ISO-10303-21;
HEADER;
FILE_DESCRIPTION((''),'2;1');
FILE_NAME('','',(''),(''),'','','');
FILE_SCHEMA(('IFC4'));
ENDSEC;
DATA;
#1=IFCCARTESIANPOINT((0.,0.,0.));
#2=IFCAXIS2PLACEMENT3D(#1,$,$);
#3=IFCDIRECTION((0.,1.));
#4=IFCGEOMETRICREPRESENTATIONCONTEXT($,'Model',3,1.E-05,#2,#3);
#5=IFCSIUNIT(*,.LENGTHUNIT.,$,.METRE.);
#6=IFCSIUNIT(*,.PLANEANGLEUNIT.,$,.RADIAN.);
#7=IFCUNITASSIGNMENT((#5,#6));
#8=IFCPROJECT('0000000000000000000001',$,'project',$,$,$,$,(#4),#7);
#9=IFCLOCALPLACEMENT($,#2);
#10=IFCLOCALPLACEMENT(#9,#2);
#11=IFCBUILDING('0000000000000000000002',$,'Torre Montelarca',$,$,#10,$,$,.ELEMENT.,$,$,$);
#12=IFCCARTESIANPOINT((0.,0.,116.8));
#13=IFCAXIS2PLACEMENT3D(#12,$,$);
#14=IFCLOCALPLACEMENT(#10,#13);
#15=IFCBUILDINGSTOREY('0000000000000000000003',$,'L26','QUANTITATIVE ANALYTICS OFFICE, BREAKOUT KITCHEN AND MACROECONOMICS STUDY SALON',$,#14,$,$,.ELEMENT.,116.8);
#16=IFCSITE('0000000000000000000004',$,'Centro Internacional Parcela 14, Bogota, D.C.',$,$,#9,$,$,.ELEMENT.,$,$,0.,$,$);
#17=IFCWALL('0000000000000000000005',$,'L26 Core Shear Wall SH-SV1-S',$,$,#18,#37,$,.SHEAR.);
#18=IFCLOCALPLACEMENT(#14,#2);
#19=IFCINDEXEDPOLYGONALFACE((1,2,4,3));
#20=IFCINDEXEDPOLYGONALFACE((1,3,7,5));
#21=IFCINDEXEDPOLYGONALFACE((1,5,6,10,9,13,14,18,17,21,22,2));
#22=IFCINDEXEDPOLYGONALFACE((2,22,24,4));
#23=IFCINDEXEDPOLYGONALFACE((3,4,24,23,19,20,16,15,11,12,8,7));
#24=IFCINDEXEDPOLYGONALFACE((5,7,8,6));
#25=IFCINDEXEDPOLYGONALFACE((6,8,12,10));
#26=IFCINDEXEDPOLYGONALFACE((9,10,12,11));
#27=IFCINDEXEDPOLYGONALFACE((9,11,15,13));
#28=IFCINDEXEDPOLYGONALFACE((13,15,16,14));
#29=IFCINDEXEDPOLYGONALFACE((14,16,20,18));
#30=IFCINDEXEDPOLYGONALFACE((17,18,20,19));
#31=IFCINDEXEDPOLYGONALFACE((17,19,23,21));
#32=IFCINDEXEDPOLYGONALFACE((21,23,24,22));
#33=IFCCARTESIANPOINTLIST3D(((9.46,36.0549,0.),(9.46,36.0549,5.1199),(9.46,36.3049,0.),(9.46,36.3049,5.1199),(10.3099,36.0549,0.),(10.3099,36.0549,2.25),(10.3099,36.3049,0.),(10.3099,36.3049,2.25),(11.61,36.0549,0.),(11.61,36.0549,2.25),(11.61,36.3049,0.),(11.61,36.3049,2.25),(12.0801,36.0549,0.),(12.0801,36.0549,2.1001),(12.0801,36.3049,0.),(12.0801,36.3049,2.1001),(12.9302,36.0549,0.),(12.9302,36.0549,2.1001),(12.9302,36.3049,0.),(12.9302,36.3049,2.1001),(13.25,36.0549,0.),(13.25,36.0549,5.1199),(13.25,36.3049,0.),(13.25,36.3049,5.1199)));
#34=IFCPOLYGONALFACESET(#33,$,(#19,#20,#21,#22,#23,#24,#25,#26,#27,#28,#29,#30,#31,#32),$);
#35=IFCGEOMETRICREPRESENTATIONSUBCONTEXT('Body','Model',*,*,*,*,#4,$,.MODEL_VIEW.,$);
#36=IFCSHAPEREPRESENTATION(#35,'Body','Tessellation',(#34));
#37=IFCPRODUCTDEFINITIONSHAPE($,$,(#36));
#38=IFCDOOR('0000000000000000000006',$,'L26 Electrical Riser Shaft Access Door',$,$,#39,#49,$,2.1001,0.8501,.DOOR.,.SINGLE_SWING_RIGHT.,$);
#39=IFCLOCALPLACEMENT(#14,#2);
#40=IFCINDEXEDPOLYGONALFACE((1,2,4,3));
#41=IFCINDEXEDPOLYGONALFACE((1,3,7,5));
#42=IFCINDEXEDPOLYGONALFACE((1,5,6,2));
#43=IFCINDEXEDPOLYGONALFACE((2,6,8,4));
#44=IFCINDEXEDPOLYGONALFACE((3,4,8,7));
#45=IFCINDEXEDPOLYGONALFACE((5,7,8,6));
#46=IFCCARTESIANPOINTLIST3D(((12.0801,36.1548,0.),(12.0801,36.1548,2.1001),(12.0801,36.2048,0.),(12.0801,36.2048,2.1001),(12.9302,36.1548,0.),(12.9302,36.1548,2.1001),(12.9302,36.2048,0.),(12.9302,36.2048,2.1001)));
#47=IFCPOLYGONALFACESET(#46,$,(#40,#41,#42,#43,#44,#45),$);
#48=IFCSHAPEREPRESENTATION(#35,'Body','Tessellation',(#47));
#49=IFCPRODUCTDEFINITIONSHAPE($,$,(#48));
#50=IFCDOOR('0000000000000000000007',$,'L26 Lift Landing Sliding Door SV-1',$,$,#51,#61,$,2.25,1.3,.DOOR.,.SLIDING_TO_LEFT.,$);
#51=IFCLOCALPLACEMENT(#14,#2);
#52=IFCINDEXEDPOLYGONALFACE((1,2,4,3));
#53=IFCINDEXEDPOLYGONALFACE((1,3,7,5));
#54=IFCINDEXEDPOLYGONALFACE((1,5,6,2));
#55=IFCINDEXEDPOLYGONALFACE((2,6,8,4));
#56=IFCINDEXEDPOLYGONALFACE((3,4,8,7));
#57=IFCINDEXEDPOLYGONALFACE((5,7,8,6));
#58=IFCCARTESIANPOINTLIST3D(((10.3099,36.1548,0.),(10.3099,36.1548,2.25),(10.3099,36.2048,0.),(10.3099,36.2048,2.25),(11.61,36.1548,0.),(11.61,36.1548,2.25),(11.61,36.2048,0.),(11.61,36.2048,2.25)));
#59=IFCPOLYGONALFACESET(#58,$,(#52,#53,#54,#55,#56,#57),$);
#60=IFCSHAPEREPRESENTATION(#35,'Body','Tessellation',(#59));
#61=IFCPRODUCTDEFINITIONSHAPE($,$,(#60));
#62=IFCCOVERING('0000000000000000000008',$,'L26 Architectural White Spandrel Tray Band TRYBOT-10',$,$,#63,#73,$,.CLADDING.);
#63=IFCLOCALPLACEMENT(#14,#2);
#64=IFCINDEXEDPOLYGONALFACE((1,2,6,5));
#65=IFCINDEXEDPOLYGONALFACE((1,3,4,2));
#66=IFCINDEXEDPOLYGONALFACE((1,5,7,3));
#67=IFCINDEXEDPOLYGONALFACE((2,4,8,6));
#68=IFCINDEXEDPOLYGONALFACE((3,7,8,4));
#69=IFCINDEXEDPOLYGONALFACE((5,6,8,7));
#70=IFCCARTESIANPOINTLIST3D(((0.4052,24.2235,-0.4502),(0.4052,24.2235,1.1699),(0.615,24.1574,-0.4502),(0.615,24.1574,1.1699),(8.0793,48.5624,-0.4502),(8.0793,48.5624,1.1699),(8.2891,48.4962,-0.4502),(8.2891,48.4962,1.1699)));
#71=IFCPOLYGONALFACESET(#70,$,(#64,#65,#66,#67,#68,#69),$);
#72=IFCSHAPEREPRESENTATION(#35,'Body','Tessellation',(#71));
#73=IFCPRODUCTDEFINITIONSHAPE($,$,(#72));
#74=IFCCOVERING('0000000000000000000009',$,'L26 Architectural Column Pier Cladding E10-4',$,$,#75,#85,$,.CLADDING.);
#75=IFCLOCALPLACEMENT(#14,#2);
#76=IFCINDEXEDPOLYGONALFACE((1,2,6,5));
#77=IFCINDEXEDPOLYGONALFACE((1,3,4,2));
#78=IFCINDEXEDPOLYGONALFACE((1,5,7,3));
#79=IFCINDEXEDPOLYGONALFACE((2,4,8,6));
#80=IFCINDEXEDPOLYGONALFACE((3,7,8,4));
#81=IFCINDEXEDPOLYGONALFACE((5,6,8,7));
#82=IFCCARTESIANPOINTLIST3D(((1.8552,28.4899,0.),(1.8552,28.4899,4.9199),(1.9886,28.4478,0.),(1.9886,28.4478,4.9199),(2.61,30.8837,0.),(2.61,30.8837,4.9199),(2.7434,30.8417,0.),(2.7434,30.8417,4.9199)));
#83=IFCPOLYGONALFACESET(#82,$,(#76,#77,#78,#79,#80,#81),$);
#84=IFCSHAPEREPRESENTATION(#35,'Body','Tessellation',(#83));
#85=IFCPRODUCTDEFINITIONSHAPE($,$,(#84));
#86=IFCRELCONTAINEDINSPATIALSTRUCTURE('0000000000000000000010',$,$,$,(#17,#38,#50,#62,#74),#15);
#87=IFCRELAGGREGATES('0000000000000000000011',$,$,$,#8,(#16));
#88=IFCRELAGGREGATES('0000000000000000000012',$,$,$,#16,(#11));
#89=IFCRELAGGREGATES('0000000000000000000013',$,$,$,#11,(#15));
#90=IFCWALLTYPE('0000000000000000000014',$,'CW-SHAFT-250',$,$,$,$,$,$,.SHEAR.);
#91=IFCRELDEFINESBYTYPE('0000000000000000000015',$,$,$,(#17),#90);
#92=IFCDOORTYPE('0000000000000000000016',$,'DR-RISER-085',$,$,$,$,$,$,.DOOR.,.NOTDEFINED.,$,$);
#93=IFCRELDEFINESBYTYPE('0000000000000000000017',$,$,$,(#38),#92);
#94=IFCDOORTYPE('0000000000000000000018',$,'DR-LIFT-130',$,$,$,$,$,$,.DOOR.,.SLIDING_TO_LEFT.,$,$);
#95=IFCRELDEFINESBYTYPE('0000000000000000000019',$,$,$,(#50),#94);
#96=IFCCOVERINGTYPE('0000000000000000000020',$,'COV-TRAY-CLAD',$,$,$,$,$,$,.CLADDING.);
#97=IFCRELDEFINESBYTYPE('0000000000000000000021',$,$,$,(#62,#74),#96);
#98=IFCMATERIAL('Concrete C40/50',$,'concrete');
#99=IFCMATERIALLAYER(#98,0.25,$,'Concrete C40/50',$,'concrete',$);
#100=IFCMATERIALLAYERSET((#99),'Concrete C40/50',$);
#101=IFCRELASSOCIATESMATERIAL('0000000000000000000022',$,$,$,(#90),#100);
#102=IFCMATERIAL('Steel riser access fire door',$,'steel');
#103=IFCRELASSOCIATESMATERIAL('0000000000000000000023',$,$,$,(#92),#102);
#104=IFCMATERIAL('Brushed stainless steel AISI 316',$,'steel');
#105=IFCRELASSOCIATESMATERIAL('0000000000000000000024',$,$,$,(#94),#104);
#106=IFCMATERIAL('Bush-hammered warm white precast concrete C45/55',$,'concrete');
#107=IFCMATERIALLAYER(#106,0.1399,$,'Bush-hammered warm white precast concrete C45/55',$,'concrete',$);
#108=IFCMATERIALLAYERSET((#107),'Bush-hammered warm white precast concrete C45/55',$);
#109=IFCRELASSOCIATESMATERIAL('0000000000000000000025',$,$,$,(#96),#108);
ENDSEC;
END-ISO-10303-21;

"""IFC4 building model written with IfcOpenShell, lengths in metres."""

from ifc_helpers import new_model, si_unit, direction, frame, frame_2d, origin, origin_2d, place, context, subcontext, project, spatial, rectangle, extrude, source, transform, mapped, material, layer, layer_set, type_object, element, fill, save


model = new_model("IFC4")

# Units and contexts
model_context = context("Model", 3, precision=1e-05, world=origin(), true_north=direction((0.0, 1.0)))
body_context = subcontext(model_context, "Body", "Model", "MODEL_VIEW")
ifc_project = project(units=[si_unit("LENGTHUNIT", "METRE"), si_unit("PLANEANGLEUNIT", "RADIAN")], contexts=[model_context])

# Site, building, storey
site_placement = place(None, origin())
site = spatial("IfcSite", under=ifc_project, at=site_placement, Name="Centro Internacional Parcela 14, Bogota, D.C.", CompositionType="ELEMENT", RefElevation=0.0)
building_placement = place(site_placement, origin())
building = spatial("IfcBuilding", under=site, at=building_placement, Name="Torre Montelarca", CompositionType="ELEMENT")
storey_placement = place(building_placement, frame((0.0, 0.0, 116.8)))
storey = spatial("IfcBuildingStorey", under=building, at=storey_placement, Name="L26", Description="QUANTITATIVE ANALYTICS OFFICE, BREAKOUT KITCHEN AND MACROECONOMICS STUDY SALON", CompositionType="ELEMENT", Elevation=116.8)

# Shared definitions
ifc_material_1 = material(Name="Concrete C40/50", Category="concrete")
ifc_layer_1 = layer(ifc_material_1, 0.25, Name="Concrete C40/50", Category="concrete")
ifc_layer_set_1 = layer_set([ifc_layer_1], Name="Concrete C40/50")
wall_type = type_object("IfcWallType", Name="CW-SHAFT-250", PredefinedType="SHEAR", material=ifc_layer_set_1)

# Wall, openings, doors
wall_1_placement = place(storey_placement, frame((9.46, 36.1799, 0.0), z_axis=(0.0, 0.0, 1.0), x_axis=(1.0, 0.0, 0.0)))
wall_1 = element("IfcWall", 1, at=wall_1_placement, inside=storey, type_object=wall_type, Name="L26 Core Shear Wall SH-SV1-S", PredefinedType="SHEAR", context=body_context, shape_type="SweptSolid", body=[
    extrude(rectangle(XDim=3.79, YDim=0.25, at=frame_2d((1.895, 0.0))), origin(), (0.0, 0.0, 1.0), 5.1199),
])
opening_1_placement = place(wall_1_placement, frame((2.6201, 0.0, 0.0)))
opening_1 = element("IfcOpeningElement", 2, at=opening_1_placement, cuts=wall_1, PredefinedType="OPENING", context=body_context, shape_type="SweptSolid", body=[
    extrude(rectangle(XDim=0.8501, YDim=2.1001, at=frame_2d((0.425, 1.05))), frame((0.0, 0.135, 0.0), z_axis=(0.0, -1.0, 0.0), x_axis=(1.0, 0.0, 0.0)), (0.0, 0.0, 1.0), 0.27),
])
opening_2_placement = place(wall_1_placement, frame((0.8501, 0.0, 0.0)))
opening_2 = element("IfcOpeningElement", 3, at=opening_2_placement, cuts=wall_1, PredefinedType="OPENING", context=body_context, shape_type="SweptSolid", body=[
    extrude(rectangle(XDim=1.3, YDim=2.25, at=frame_2d((0.6499, 1.125))), frame((0.0, 0.135, 0.0), z_axis=(0.0, -1.0, 0.0), x_axis=(1.0, 0.0, 0.0)), (0.0, 0.0, 1.0), 0.27),
])
ifc_material_2 = material(Name="Steel riser access fire door", Category="steel")
door_type_1 = type_object("IfcDoorType", Name="DR-RISER-085", OperationType="NOTDEFINED", PredefinedType="DOOR", material=ifc_material_2)
shared_shape_1 = source(origin(), body_context, "Body", "SweptSolid", [
    extrude(rectangle(XDim=0.8501, YDim=2.1001, at=frame_2d((0.425, 1.05))), frame((0.0, 0.0249, 0.0), z_axis=(0.0, -1.0, 0.0), x_axis=(1.0, 0.0, 0.0)), (0.0, 0.0, 1.0), 0.05),
])
door_1_placement = place(opening_1_placement, origin())
door_1 = element("IfcDoor", 4, at=door_1_placement, inside=storey, type_object=door_type_1, Name="L26 Electrical Riser Shaft Access Door", OperationType="SINGLE_SWING_RIGHT", OverallHeight=2.1001, OverallWidth=0.8501, PredefinedType="DOOR", context=body_context, shape_type="MappedRepresentation", body=[
    mapped(shared_shape_1, transform((0.0, 0.0, 0.0), scale=1.0)),
])
fill(opening_1, door_1)
ifc_material_3 = material(Name="Brushed stainless steel AISI 316", Category="steel")
door_type_2 = type_object("IfcDoorType", Name="DR-LIFT-130", OperationType="SLIDING_TO_LEFT", PredefinedType="DOOR", material=ifc_material_3)
shared_shape_2 = source(origin(), body_context, "Body", "SweptSolid", [
    extrude(rectangle(XDim=1.3, YDim=2.25, at=frame_2d((0.6499, 1.125))), frame((0.0, 0.0249, 0.0), z_axis=(0.0, -1.0, 0.0), x_axis=(1.0, 0.0, 0.0)), (0.0, 0.0, 1.0), 0.05),
])
door_2_placement = place(opening_2_placement, origin())
door_2 = element("IfcDoor", 5, at=door_2_placement, inside=storey, type_object=door_type_2, Name="L26 Lift Landing Sliding Door SV-1", OperationType="SLIDING_TO_LEFT", OverallHeight=2.25, OverallWidth=1.3, PredefinedType="DOOR", context=body_context, shape_type="MappedRepresentation", body=[
    mapped(shared_shape_2, transform((0.0, 0.0, 0.0), scale=1.0)),
])
fill(opening_2, door_2)

# Coverings
ifc_material_4 = material(Name="Bush-hammered warm white precast concrete C45/55", Category="concrete")
ifc_layer_2 = layer(ifc_material_4, 0.1399, Name="Bush-hammered warm white precast concrete C45/55", Category="concrete")
ifc_layer_set_2 = layer_set([ifc_layer_2], Name="Bush-hammered warm white precast concrete C45/55")
covering_type = type_object("IfcCoveringType", Name="COV-TRAY-CLAD", PredefinedType="CLADDING", material=ifc_layer_set_2)
shared_shape_3 = source(origin(), body_context, "Body", "SweptSolid", [
    extrude(rectangle(XDim=25.52, YDim=0.22, at=origin_2d()), origin(), (0.0, 0.0, 1.0), 1.6201),
])
covering_1_placement = place(storey_placement, frame((4.3472, 36.3599, -0.4502), z_axis=(0.0, 0.0, 1.0), x_axis=(-0.300709, -0.953716, 0.0)))
element("IfcCovering", 6, at=covering_1_placement, inside=storey, type_object=covering_type, Name="L26 Architectural White Spandrel Tray Band TRYBOT-10", PredefinedType="CLADDING", context=body_context, shape_type="MappedRepresentation", body=[
    mapped(shared_shape_3, transform((0.0, 0.0, 0.0), scale=1.0)),
])
shared_shape_4 = source(origin(), body_context, "Body", "SweptSolid", [
    extrude(rectangle(XDim=2.51, YDim=0.1399, at=origin_2d()), origin(), (0.0, 0.0, 1.0), 4.9199),
])
covering_2_placement = place(storey_placement, frame((2.2993, 29.6658, 0.0), z_axis=(0.0, 0.0, 1.0), x_axis=(-0.300707, -0.953716, 0.0)))
element("IfcCovering", 7, at=covering_2_placement, inside=storey, type_object=covering_type, Name="L26 Architectural Column Pier Cladding E10-4", PredefinedType="CLADDING", context=body_context, shape_type="MappedRepresentation", body=[
    mapped(shared_shape_4, transform((0.0, 0.0, 0.0), scale=1.0)),
])

save(model, "model.ifc")
